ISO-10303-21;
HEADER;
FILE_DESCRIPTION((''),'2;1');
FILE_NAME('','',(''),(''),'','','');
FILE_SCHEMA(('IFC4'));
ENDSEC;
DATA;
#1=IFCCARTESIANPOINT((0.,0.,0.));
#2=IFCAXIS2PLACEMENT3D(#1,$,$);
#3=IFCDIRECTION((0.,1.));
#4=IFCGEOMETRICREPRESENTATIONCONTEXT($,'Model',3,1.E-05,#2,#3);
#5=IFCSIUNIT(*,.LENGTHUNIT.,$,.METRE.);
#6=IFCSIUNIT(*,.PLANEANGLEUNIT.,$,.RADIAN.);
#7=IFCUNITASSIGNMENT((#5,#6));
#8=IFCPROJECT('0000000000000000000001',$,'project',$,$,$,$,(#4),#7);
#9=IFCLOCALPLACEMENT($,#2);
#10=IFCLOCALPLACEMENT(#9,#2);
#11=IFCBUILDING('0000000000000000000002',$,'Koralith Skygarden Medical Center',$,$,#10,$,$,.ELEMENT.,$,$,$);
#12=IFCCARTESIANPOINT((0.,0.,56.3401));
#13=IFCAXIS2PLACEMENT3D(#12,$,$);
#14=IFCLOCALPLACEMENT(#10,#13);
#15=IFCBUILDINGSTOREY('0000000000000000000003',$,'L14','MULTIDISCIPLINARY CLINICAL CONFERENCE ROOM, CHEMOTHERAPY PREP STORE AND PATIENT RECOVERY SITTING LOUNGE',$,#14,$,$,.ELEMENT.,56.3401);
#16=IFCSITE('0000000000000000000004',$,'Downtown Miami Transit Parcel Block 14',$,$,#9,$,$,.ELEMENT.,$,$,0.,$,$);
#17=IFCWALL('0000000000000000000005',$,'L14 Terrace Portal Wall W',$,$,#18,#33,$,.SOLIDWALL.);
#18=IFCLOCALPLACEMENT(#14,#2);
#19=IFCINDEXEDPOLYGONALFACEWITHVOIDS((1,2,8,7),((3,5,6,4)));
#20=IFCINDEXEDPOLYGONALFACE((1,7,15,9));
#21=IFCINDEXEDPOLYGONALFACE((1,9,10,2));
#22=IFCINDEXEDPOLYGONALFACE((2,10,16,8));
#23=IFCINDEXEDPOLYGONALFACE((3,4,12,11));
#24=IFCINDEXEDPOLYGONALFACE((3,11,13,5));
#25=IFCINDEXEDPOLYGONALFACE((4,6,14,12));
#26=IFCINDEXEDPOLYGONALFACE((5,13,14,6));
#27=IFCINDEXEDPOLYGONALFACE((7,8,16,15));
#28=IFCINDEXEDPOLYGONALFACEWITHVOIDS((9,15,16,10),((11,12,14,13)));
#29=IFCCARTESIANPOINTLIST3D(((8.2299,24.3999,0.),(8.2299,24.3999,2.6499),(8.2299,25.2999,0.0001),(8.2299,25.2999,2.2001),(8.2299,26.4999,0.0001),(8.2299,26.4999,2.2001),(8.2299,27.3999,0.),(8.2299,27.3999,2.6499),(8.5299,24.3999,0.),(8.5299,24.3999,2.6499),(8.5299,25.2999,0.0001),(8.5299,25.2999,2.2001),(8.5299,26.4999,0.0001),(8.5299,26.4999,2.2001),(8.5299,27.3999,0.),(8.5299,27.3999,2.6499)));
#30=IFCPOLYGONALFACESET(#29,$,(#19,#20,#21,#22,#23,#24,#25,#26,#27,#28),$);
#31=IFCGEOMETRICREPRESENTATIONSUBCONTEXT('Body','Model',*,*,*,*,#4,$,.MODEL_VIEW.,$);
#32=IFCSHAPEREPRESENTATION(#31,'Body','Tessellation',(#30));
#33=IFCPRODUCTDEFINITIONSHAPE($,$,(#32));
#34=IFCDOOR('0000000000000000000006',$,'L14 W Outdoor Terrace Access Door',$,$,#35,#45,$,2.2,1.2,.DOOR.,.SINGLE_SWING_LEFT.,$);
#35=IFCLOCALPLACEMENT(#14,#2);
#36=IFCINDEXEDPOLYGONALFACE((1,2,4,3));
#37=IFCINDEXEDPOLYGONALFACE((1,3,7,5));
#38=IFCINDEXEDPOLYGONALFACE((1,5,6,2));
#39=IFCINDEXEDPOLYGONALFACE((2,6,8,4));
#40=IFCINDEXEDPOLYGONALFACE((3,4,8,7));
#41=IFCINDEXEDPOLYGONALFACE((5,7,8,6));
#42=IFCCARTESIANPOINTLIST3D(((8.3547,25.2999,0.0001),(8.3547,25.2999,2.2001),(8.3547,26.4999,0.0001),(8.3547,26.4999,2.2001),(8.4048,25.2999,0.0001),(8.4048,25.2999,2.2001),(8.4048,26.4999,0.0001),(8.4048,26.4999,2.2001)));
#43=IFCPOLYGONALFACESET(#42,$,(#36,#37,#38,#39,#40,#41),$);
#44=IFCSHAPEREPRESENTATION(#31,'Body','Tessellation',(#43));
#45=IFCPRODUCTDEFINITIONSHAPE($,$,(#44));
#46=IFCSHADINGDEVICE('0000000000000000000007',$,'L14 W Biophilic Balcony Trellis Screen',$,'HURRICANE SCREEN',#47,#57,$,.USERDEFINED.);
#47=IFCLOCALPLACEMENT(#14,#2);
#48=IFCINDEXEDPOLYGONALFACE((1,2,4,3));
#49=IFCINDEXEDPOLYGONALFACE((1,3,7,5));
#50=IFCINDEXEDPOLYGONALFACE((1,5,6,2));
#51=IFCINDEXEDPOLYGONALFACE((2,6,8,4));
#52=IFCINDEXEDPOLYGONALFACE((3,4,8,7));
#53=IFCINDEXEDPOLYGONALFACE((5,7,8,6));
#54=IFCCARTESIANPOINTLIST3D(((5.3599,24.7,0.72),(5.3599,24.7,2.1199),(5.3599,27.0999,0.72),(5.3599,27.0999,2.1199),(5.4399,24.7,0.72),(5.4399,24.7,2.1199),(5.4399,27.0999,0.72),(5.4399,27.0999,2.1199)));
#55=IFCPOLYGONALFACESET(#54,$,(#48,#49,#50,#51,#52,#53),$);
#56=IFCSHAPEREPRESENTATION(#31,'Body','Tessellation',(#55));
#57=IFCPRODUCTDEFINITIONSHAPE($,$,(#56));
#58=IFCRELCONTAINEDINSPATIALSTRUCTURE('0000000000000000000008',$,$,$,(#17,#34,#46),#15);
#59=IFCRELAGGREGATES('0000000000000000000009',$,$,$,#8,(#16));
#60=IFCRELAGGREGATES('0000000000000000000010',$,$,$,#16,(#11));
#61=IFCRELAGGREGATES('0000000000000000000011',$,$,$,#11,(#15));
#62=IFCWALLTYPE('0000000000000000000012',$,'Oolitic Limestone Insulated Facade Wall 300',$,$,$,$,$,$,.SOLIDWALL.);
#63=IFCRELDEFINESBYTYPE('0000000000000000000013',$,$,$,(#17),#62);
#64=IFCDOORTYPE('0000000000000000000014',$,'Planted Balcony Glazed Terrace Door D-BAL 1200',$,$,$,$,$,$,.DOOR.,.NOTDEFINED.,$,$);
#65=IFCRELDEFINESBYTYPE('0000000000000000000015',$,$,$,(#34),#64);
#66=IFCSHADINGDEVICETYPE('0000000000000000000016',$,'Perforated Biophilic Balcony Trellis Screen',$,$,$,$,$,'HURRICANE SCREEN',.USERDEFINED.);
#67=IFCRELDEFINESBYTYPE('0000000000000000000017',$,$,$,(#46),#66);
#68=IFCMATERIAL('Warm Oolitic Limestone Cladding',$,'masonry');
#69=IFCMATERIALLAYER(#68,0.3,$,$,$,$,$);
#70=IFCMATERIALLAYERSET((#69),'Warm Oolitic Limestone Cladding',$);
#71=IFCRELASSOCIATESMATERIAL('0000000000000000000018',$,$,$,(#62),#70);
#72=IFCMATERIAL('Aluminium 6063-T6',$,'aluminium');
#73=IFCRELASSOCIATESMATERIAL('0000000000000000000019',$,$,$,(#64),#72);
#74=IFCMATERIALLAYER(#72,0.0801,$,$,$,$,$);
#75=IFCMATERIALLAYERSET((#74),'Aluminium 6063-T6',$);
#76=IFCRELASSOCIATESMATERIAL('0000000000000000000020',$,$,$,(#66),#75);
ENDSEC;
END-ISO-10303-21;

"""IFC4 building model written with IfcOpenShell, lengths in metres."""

from ifc_helpers import new_model, si_unit, direction, frame, frame_2d, origin, origin_2d, place, context, subcontext, project, spatial, rectangle, extrude, material, layer, layer_set, type_object, element, fill, save


model = new_model("IFC4")

# Units and contexts
model_context = context("Model", 3, precision=1e-05, world=origin(), true_north=direction((0.0, 1.0)))
body_context = subcontext(model_context, "Body", "Model", "MODEL_VIEW")
ifc_project = project(units=[si_unit("LENGTHUNIT", "METRE"), si_unit("PLANEANGLEUNIT", "RADIAN")], contexts=[model_context])

# Site, building, storey
site_placement = place(None, origin())
site = spatial("IfcSite", under=ifc_project, at=site_placement, Name="Downtown Miami Transit Parcel Block 14", CompositionType="ELEMENT", RefElevation=0.0)
building_placement = place(site_placement, origin())
building = spatial("IfcBuilding", under=site, at=building_placement, Name="Koralith Skygarden Medical Center", CompositionType="ELEMENT")
storey_placement = place(building_placement, frame((0.0, 0.0, 56.3401)))
storey = spatial("IfcBuildingStorey", under=building, at=storey_placement, Name="L14", Description="MULTIDISCIPLINARY CLINICAL CONFERENCE ROOM, CHEMOTHERAPY PREP STORE AND PATIENT RECOVERY SITTING LOUNGE", CompositionType="ELEMENT", Elevation=56.3401)

# Shared definitions
ifc_material_1 = material(Name="Aluminium 6063-T6", Category="aluminium")

# Shared definitions
ifc_material_2 = material(Name="Warm Oolitic Limestone Cladding", Category="masonry")

# Wall, opening, door
ifc_layer_1 = layer(ifc_material_2, 0.3)
ifc_layer_set_1 = layer_set([ifc_layer_1], Name="Warm Oolitic Limestone Cladding")
wall_type_1 = type_object("IfcWallType", Name="Oolitic Limestone Insulated Facade Wall 300", PredefinedType="SOLIDWALL", material=ifc_layer_set_1)
wall_1_placement = place(storey_placement, frame((8.3799, 27.3999, 0.0), z_axis=(0.0, 0.0, 1.0), x_axis=(0.0, -1.0, 0.0)))
wall_1 = element("IfcWall", 1, at=wall_1_placement, inside=storey, type_object=wall_type_1, Name="L14 Terrace Portal Wall W", PredefinedType="SOLIDWALL", context=body_context, shape_type="SweptSolid", body=[
    extrude(rectangle(XDim=3.0, YDim=0.3, at=frame_2d((1.5, 0.0))), origin(), (0.0, 0.0, 1.0), 2.6499),
])
opening_1_placement = place(wall_1_placement, frame((0.8999, 0.0, 0.0)))
opening_1 = element("IfcOpeningElement", 2, at=opening_1_placement, cuts=wall_1, PredefinedType="OPENING", context=body_context, shape_type="SweptSolid", body=[
    extrude(rectangle(XDim=1.2, YDim=2.2, at=frame_2d((0.6001, 1.1001))), frame((0.0, 0.1599, 0.0), z_axis=(0.0, -1.0, 0.0), x_axis=(1.0, 0.0, 0.0)), (0.0, 0.0, 1.0), 0.3201),
])
door_type_1 = type_object("IfcDoorType", Name="Planted Balcony Glazed Terrace Door D-BAL 1200", OperationType="NOTDEFINED", PredefinedType="DOOR", material=ifc_material_1)
door_1_placement = place(opening_1_placement, origin())
door_1 = element("IfcDoor", 3, at=door_1_placement, inside=storey, type_object=door_type_1, Name="L14 W Outdoor Terrace Access Door", OperationType="SINGLE_SWING_LEFT", OverallHeight=2.2, OverallWidth=1.2, PredefinedType="DOOR", context=body_context, shape_type="SweptSolid", body=[
    extrude(rectangle(XDim=1.2, YDim=2.2, at=frame_2d((0.6001, 1.1001))), frame((0.0, 0.0249, 0.0), z_axis=(0.0, -1.0, 0.0), x_axis=(1.0, 0.0, 0.0)), (0.0, 0.0, 1.0), 0.05),
])
fill(opening_1, door_1)

# Shading device
ifc_layer_2 = layer(ifc_material_1, 0.0801)
ifc_layer_set_2 = layer_set([ifc_layer_2], Name="Aluminium 6063-T6")
shading_device_type = type_object("IfcShadingDeviceType", Name="Perforated Biophilic Balcony Trellis Screen", ElementType="HURRICANE SCREEN", PredefinedType="USERDEFINED", material=ifc_layer_set_2)
shading_device_placement = place(storey_placement, frame((5.3999, 25.8999, 0.72), z_axis=(0.0, 0.0, 1.0), x_axis=(0.0, 1.0, 0.0)))
element("IfcShadingDevice", 4, at=shading_device_placement, inside=storey, type_object=shading_device_type, Name="L14 W Biophilic Balcony Trellis Screen", ObjectType="HURRICANE SCREEN", PredefinedType="USERDEFINED", context=body_context, shape_type="SweptSolid", body=[
    extrude(rectangle(XDim=2.3999, YDim=0.0801, at=origin_2d()), origin(), (0.0, 0.0, 1.0), 1.3999),
])

save(model, "model.ifc")
